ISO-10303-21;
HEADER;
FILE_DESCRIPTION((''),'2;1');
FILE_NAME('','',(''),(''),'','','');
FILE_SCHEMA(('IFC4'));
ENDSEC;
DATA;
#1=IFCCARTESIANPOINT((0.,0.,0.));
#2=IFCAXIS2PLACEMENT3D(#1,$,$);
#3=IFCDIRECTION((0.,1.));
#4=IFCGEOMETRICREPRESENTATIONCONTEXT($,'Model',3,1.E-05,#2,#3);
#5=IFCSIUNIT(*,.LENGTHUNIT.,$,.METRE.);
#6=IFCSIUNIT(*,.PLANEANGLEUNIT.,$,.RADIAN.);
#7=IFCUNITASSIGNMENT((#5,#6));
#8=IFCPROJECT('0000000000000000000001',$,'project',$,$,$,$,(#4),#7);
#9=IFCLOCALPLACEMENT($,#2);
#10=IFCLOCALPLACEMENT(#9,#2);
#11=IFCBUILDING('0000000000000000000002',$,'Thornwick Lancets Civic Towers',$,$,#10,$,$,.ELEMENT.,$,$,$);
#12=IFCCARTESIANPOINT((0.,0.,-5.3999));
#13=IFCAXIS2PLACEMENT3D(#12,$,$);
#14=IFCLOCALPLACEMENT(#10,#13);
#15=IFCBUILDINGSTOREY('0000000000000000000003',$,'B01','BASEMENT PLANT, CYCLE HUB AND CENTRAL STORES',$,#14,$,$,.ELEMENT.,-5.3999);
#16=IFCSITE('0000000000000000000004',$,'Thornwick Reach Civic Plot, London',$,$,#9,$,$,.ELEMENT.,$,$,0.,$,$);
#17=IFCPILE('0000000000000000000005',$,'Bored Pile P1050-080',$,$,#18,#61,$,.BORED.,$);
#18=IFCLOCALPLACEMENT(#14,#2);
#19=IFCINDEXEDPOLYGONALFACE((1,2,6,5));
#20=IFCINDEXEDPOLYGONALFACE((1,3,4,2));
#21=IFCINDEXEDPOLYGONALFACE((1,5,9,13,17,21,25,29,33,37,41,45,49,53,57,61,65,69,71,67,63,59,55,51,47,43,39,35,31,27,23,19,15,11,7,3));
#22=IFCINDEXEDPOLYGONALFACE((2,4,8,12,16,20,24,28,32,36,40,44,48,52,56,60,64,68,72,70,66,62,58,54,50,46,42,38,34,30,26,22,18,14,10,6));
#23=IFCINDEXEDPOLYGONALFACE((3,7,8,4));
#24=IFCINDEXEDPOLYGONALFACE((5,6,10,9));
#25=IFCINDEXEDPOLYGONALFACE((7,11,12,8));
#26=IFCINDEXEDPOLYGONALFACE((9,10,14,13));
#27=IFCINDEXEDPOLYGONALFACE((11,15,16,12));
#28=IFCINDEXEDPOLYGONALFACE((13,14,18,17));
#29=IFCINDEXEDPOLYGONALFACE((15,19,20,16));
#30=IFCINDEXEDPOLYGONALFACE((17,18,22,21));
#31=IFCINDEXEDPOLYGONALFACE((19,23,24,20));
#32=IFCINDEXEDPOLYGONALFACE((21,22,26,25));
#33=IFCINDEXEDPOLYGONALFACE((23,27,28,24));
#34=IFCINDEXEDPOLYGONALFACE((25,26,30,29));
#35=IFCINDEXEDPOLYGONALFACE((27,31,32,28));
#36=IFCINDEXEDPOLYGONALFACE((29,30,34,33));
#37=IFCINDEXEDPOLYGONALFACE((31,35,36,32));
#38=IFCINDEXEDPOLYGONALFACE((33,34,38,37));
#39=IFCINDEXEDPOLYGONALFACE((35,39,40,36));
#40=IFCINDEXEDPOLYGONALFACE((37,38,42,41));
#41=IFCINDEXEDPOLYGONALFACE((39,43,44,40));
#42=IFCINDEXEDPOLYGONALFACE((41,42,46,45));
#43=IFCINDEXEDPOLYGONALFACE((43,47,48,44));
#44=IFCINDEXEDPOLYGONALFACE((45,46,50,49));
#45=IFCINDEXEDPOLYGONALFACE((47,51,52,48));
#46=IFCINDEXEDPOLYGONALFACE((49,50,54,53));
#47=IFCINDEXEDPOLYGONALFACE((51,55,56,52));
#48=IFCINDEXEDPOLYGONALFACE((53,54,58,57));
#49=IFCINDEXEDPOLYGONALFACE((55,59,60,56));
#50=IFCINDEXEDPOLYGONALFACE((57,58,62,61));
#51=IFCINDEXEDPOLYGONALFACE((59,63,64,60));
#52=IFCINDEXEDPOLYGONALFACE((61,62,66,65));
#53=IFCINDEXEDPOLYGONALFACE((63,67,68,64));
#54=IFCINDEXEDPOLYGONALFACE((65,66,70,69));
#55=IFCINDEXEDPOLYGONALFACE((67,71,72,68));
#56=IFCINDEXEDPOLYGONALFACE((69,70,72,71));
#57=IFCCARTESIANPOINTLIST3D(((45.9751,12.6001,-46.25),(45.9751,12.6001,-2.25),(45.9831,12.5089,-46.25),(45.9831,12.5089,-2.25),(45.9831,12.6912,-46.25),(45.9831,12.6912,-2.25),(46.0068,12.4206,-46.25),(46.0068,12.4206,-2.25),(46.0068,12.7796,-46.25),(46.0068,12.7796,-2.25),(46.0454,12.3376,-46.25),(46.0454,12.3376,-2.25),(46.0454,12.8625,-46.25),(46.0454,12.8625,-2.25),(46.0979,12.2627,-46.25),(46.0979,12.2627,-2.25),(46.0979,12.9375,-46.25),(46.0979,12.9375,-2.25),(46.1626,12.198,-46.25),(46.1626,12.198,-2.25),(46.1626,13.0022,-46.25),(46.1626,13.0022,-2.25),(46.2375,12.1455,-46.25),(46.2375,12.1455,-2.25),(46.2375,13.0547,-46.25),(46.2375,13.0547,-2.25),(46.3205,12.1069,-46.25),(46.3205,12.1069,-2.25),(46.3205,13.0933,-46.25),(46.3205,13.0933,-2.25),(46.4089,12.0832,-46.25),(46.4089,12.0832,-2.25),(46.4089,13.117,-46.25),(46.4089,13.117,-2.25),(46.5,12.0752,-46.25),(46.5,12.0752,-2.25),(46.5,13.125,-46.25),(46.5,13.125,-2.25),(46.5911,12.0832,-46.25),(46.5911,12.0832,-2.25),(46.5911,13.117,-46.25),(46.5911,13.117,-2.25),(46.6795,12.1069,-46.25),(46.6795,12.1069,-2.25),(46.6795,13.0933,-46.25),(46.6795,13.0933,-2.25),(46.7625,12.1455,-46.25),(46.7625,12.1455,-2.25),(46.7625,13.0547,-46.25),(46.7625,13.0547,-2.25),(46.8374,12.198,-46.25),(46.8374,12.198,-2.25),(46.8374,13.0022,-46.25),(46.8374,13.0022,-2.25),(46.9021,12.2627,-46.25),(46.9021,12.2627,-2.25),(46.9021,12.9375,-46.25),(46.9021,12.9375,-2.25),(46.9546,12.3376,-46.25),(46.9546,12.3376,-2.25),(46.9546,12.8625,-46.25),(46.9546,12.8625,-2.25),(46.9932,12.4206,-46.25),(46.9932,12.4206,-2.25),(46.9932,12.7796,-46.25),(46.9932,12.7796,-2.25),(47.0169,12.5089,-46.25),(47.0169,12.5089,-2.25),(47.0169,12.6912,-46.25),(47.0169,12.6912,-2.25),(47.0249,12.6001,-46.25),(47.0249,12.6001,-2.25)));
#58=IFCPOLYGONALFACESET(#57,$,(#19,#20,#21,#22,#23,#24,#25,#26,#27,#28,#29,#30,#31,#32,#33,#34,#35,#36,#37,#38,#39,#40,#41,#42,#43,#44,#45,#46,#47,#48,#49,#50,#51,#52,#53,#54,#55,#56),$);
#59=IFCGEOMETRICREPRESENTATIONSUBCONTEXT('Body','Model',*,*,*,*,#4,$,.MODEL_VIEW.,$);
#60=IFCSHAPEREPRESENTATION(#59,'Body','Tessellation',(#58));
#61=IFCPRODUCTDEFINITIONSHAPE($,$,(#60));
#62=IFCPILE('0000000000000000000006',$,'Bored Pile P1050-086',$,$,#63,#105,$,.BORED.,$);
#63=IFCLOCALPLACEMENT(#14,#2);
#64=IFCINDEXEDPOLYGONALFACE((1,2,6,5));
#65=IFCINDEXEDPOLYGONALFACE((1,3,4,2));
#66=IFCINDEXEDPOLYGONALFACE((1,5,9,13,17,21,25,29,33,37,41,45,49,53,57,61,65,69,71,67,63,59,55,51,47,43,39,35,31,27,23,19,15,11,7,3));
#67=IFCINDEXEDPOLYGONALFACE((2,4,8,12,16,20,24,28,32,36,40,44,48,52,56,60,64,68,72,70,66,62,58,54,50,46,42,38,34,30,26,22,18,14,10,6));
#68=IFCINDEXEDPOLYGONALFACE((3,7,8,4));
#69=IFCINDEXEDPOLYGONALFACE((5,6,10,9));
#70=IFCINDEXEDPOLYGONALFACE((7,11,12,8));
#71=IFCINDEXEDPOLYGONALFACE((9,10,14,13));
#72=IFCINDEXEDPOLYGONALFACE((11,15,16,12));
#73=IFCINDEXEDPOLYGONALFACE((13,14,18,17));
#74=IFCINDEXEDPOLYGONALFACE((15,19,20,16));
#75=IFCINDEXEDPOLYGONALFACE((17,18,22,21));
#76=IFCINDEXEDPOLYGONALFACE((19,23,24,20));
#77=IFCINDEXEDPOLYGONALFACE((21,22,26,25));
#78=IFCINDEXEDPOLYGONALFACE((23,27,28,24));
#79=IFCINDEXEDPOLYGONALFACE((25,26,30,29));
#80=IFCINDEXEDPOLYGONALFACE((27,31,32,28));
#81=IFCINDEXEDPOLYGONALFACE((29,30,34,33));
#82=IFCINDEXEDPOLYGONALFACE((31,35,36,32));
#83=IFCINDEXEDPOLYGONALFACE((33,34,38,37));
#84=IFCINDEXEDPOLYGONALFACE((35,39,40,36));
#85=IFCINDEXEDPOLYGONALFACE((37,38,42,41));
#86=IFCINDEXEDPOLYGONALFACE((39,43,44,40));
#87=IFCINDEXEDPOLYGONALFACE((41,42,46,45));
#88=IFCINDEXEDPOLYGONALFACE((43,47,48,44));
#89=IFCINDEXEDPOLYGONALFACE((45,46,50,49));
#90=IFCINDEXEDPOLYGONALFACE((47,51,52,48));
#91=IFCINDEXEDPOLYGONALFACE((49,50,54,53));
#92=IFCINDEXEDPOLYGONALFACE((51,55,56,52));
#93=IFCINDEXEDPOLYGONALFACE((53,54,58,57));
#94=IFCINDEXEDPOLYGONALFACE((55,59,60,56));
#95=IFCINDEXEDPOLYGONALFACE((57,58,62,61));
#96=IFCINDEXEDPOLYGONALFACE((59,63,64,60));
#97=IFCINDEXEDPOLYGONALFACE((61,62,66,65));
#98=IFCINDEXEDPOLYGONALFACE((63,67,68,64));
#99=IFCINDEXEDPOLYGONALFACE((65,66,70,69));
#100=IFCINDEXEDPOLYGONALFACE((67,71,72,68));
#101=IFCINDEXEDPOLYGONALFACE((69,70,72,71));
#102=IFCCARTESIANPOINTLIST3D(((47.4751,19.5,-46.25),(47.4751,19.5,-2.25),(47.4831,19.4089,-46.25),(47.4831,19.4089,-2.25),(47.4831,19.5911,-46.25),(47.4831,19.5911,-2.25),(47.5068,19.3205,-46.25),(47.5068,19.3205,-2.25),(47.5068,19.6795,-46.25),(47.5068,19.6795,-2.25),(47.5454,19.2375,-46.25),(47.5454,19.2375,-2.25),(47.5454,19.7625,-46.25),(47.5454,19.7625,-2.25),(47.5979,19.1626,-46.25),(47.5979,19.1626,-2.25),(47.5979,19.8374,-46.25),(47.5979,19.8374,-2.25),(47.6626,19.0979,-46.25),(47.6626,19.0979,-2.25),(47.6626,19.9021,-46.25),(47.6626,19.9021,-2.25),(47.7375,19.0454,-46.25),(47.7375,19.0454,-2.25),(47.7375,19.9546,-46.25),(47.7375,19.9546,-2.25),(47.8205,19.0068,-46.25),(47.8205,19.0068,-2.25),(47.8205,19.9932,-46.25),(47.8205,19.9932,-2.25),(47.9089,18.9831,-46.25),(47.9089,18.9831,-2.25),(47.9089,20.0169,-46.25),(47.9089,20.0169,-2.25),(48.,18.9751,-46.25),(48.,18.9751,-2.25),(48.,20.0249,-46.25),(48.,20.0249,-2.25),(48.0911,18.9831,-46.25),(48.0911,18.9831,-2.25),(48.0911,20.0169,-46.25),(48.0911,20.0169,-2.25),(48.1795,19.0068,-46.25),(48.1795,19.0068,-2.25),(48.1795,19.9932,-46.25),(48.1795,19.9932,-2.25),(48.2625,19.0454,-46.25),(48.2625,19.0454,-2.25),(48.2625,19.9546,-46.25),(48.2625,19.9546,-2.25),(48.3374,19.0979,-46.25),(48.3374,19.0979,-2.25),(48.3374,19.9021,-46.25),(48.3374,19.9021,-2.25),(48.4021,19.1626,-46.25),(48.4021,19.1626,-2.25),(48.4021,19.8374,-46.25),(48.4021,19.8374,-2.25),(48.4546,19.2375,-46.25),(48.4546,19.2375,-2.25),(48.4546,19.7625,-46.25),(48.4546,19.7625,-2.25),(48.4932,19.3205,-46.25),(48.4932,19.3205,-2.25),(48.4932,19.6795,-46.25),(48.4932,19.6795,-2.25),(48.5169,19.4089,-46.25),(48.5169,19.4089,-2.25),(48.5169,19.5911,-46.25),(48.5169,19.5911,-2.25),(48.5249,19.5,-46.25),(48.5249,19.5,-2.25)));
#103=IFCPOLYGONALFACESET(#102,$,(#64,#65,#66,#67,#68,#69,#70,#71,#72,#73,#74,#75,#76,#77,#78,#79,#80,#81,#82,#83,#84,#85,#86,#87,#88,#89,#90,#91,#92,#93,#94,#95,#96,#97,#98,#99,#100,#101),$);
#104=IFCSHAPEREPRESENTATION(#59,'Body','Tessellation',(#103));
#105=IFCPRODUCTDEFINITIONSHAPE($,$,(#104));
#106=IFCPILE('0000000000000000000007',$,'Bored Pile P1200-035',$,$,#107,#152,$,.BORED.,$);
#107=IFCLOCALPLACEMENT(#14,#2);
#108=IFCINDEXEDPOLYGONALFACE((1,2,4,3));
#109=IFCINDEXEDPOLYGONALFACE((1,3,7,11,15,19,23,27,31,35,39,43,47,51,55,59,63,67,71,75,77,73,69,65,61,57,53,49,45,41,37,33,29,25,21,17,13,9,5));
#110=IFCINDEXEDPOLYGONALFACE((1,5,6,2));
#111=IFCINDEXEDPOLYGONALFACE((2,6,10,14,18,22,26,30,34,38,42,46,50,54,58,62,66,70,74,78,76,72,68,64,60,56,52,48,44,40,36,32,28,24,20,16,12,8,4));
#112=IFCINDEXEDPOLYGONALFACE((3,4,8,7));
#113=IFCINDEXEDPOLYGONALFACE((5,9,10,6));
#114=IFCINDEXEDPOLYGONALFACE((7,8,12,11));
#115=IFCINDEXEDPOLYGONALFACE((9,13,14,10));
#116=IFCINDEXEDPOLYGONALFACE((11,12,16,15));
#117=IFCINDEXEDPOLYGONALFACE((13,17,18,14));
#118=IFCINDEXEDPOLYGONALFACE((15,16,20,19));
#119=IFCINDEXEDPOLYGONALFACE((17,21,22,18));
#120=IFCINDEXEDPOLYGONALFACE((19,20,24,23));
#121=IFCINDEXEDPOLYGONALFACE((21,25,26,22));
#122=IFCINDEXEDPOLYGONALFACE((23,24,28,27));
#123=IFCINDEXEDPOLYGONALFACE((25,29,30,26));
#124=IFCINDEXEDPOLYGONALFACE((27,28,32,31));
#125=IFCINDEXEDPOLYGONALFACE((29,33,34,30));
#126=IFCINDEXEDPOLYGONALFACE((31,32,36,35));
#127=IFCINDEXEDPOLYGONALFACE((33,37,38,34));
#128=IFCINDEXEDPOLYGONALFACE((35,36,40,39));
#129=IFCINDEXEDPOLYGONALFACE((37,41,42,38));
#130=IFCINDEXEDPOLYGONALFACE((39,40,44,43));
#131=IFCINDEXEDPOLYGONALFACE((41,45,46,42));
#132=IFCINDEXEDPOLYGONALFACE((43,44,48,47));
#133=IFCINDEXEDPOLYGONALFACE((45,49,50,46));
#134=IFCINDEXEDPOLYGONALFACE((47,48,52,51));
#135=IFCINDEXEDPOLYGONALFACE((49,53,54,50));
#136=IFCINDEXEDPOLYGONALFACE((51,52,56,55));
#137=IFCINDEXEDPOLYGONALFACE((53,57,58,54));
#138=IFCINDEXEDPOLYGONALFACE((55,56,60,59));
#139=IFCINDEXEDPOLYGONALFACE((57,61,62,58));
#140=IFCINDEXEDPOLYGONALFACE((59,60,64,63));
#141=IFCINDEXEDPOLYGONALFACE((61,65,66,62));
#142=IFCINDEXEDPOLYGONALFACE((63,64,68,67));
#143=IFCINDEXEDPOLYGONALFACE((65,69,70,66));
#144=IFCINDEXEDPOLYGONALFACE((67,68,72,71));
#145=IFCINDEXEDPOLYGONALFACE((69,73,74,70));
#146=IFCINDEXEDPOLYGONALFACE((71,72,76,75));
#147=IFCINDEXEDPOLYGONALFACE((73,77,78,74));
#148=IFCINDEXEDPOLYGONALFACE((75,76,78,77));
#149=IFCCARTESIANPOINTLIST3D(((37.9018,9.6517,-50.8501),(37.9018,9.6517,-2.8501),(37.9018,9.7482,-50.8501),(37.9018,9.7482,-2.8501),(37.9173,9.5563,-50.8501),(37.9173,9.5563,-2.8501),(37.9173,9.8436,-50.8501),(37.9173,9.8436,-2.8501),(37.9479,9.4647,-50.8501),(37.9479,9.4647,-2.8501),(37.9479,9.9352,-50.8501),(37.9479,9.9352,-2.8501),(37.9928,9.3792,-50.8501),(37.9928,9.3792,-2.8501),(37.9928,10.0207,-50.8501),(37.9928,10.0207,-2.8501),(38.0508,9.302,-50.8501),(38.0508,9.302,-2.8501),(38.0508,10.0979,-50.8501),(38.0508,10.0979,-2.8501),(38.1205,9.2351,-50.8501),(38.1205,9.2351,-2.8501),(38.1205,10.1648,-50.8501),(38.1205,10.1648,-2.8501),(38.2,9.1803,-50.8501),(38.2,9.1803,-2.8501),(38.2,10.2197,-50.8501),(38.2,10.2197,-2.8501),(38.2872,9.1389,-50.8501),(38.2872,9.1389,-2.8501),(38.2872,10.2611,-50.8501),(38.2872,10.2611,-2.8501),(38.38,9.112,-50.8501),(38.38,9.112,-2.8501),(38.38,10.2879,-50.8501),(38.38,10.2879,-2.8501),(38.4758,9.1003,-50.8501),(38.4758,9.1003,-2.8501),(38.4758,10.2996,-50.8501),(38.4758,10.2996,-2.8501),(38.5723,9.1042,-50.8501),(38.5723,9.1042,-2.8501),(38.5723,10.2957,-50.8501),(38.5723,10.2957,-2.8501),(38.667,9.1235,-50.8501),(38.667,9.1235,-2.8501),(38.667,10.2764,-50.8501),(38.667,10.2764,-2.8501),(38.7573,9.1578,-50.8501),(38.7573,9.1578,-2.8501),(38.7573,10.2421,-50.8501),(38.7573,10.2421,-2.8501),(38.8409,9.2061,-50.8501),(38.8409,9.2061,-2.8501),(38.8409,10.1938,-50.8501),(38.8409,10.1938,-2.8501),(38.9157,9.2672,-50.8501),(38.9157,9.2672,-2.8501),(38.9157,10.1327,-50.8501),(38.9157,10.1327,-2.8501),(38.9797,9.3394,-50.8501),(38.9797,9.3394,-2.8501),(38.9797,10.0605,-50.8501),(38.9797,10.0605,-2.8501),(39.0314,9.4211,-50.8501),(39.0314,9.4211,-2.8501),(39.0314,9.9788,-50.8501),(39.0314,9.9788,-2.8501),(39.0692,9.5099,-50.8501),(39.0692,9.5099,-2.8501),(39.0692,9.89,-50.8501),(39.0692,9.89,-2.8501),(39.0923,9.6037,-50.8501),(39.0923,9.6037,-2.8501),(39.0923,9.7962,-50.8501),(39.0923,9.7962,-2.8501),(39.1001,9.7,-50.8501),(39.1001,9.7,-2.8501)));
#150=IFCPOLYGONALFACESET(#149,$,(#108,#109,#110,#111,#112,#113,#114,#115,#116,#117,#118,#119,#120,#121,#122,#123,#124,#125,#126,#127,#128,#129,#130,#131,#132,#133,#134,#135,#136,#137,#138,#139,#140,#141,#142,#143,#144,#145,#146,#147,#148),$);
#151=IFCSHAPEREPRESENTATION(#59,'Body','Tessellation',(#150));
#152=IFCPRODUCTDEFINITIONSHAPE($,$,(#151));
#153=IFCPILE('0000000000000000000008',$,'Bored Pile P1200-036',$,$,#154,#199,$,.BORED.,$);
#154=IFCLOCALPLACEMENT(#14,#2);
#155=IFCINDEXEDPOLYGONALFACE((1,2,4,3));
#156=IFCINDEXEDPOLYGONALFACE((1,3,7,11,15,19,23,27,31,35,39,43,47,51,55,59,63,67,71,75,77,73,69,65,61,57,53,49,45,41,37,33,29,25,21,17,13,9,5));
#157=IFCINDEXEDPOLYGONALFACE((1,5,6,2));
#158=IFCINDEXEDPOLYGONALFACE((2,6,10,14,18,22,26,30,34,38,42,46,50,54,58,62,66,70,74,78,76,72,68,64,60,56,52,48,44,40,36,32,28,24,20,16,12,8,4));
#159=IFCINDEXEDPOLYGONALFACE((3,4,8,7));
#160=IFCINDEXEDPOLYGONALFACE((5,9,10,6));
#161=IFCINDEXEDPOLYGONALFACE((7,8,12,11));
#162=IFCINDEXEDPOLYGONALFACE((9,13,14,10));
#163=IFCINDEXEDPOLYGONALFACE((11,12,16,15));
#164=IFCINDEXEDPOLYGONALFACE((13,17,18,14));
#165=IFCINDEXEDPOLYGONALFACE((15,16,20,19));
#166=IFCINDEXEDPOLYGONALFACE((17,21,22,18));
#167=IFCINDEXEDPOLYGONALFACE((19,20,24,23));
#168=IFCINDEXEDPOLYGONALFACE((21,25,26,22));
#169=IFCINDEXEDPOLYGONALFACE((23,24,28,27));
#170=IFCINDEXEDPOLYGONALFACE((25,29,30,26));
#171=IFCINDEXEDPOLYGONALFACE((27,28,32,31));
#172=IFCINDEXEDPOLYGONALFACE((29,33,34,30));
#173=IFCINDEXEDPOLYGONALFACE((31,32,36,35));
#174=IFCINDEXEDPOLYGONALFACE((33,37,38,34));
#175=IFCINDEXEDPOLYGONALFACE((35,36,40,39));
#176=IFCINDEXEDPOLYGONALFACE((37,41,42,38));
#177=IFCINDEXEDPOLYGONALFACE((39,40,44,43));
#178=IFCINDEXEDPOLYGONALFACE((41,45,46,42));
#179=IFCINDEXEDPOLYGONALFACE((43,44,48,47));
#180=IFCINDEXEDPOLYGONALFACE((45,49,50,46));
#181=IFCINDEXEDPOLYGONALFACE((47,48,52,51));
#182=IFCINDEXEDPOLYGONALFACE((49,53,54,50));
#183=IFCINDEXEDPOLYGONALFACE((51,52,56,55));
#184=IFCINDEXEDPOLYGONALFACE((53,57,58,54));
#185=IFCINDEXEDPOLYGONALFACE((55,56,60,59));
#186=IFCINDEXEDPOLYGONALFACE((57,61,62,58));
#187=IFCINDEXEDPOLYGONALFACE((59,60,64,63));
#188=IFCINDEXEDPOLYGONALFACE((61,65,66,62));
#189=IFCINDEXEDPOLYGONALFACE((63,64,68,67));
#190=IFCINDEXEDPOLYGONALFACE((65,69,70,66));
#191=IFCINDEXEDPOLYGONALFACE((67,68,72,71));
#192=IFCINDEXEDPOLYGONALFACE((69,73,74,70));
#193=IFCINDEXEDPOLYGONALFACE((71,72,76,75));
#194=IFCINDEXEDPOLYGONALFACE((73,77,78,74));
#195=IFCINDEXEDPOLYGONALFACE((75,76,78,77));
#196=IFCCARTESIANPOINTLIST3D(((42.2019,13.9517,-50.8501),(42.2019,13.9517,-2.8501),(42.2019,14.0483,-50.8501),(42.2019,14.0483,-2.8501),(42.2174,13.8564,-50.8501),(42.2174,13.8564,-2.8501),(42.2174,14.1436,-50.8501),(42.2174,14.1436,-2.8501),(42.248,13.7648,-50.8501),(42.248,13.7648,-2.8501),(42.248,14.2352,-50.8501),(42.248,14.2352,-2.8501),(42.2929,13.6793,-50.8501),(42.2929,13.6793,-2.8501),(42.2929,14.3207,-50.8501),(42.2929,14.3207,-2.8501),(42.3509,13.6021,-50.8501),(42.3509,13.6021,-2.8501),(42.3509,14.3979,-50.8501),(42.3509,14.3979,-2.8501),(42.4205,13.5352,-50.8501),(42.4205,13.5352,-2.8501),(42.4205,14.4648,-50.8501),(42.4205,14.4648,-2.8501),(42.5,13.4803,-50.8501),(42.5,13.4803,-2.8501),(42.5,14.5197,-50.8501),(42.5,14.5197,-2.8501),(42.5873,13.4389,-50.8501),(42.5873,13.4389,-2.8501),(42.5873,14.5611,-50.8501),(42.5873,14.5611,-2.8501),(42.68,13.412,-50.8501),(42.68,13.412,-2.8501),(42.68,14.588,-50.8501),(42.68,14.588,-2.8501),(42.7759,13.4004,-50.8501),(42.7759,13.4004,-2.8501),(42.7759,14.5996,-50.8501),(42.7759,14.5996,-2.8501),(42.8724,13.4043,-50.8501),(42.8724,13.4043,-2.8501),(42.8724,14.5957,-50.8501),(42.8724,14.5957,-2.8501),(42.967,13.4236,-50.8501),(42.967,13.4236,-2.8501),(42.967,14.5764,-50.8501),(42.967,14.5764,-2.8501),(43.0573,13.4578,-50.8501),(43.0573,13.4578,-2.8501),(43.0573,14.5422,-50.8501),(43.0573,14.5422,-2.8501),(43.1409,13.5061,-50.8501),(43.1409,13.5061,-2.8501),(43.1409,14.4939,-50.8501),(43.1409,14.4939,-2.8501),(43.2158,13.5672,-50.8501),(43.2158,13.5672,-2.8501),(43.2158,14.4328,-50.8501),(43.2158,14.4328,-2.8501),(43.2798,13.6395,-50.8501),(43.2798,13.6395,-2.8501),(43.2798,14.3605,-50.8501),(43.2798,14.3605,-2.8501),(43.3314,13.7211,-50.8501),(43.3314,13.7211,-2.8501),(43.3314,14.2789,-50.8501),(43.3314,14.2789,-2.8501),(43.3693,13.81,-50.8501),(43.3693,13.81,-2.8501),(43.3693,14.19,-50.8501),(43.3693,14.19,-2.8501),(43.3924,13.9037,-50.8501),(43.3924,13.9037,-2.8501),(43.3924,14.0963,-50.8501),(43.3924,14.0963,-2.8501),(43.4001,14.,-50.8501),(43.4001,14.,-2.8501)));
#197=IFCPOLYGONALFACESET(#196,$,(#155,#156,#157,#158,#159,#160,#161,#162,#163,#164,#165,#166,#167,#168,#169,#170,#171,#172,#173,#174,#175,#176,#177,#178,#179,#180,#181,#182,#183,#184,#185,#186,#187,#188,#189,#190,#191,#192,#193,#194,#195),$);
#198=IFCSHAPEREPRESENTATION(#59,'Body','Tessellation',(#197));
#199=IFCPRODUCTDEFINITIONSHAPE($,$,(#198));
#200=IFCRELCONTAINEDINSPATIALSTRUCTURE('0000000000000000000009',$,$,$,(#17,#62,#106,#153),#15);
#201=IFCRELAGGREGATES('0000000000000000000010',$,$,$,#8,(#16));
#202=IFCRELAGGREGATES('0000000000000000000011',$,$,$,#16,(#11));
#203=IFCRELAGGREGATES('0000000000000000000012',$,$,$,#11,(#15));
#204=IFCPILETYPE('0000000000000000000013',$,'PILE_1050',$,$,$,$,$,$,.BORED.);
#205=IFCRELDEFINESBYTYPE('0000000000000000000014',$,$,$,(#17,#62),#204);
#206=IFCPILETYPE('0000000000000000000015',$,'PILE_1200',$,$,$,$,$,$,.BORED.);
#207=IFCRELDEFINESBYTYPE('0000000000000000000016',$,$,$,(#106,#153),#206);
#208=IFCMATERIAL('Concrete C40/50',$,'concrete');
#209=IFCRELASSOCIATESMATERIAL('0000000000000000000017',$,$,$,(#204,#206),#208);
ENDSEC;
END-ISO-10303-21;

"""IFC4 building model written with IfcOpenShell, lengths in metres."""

from ifc_helpers import new_model, si_unit, direction, frame, origin, origin_2d, place, context, subcontext, project, spatial, circle, extrude, material, material_profile, profile_set, type_object, element, save


model = new_model("IFC4")

# Units and contexts
model_context = context("Model", 3, precision=1e-05, world=origin(), true_north=direction((0.0, 1.0)))
body_context = subcontext(model_context, "Body", "Model", "MODEL_VIEW")
ifc_project = project(units=[si_unit("LENGTHUNIT", "METRE"), si_unit("PLANEANGLEUNIT", "RADIAN")], contexts=[model_context])

# Site, building, storey
site_placement = place(None, origin())
site = spatial("IfcSite", under=ifc_project, at=site_placement, Name="Thornwick Reach Civic Plot, London", CompositionType="ELEMENT", RefElevation=0.0)
building_placement = place(site_placement, origin())
building = spatial("IfcBuilding", under=site, at=building_placement, Name="Thornwick Lancets Civic Towers", CompositionType="ELEMENT")
storey_placement = place(building_placement, frame((0.0, 0.0, -5.3999)))
storey = spatial("IfcBuildingStorey", under=building, at=storey_placement, Name="B01", Description="BASEMENT PLANT, CYCLE HUB AND CENTRAL STORES", CompositionType="ELEMENT", Elevation=-5.3999)

# Shared definitions
ifc_material_1 = material(Name="Concrete C40/50", Category="concrete")

# Piles
ifc_material_profile_1 = material_profile(ifc_material_1, circle(Radius=0.5249, at=origin_2d()), Name="PILE D1050")
ifc_profile_set_1 = profile_set([ifc_material_profile_1], Name="Concrete C40/50")
pile_type_1 = type_object("IfcPileType", Name="PILE_1050", PredefinedType="BORED", material=ifc_profile_set_1)
for number, where, z_axis, x_axis, name in (
    (1, (46.5, 12.6001, -2.25), (0.0, 0.0, -1.0), (1.0, 0.0, 0.0), "Bored Pile P1050-080"),
    (2, (48.0, 19.5, -2.25), (0.0, 0.0, -1.0), (1.0, 0.0, 0.0), "Bored Pile P1050-086"),
):
    element("IfcPile", number, at=place(storey_placement, frame(where, z_axis=z_axis, x_axis=x_axis)), inside=storey, type_object=pile_type_1, Name=name, PredefinedType="BORED", context=body_context, shape_type="SweptSolid", body=[
        extrude(circle(Radius=0.5249, at=origin_2d()), origin(), (0.0, 0.0, 1.0), 44.0),
    ])
ifc_material_profile_2 = material_profile(ifc_material_1, circle(Radius=0.6001, at=origin_2d()), Name="PILE D1200")
ifc_profile_set_2 = profile_set([ifc_material_profile_2], Name="Concrete C40/50")
pile_type_2 = type_object("IfcPileType", Name="PILE_1200", PredefinedType="BORED", material=ifc_profile_set_2)
for number, where, z_axis, x_axis, name in (
    (3, (38.5, 9.7, -2.8501), (0.0, 0.0, -1.0), (1.0, 0.0, 0.0), "Bored Pile P1200-035"),
    (4, (42.8, 14.0, -2.8501), (0.0, 0.0, -1.0), (1.0, 0.0, 0.0), "Bored Pile P1200-036"),
):
    element("IfcPile", number, at=place(storey_placement, frame(where, z_axis=z_axis, x_axis=x_axis)), inside=storey, type_object=pile_type_2, Name=name, PredefinedType="BORED", context=body_context, shape_type="SweptSolid", body=[
        extrude(circle(Radius=0.6001, at=origin_2d()), origin(), (0.0, 0.0, 1.0), 48.0),
    ])

save(model, "model.ifc")
